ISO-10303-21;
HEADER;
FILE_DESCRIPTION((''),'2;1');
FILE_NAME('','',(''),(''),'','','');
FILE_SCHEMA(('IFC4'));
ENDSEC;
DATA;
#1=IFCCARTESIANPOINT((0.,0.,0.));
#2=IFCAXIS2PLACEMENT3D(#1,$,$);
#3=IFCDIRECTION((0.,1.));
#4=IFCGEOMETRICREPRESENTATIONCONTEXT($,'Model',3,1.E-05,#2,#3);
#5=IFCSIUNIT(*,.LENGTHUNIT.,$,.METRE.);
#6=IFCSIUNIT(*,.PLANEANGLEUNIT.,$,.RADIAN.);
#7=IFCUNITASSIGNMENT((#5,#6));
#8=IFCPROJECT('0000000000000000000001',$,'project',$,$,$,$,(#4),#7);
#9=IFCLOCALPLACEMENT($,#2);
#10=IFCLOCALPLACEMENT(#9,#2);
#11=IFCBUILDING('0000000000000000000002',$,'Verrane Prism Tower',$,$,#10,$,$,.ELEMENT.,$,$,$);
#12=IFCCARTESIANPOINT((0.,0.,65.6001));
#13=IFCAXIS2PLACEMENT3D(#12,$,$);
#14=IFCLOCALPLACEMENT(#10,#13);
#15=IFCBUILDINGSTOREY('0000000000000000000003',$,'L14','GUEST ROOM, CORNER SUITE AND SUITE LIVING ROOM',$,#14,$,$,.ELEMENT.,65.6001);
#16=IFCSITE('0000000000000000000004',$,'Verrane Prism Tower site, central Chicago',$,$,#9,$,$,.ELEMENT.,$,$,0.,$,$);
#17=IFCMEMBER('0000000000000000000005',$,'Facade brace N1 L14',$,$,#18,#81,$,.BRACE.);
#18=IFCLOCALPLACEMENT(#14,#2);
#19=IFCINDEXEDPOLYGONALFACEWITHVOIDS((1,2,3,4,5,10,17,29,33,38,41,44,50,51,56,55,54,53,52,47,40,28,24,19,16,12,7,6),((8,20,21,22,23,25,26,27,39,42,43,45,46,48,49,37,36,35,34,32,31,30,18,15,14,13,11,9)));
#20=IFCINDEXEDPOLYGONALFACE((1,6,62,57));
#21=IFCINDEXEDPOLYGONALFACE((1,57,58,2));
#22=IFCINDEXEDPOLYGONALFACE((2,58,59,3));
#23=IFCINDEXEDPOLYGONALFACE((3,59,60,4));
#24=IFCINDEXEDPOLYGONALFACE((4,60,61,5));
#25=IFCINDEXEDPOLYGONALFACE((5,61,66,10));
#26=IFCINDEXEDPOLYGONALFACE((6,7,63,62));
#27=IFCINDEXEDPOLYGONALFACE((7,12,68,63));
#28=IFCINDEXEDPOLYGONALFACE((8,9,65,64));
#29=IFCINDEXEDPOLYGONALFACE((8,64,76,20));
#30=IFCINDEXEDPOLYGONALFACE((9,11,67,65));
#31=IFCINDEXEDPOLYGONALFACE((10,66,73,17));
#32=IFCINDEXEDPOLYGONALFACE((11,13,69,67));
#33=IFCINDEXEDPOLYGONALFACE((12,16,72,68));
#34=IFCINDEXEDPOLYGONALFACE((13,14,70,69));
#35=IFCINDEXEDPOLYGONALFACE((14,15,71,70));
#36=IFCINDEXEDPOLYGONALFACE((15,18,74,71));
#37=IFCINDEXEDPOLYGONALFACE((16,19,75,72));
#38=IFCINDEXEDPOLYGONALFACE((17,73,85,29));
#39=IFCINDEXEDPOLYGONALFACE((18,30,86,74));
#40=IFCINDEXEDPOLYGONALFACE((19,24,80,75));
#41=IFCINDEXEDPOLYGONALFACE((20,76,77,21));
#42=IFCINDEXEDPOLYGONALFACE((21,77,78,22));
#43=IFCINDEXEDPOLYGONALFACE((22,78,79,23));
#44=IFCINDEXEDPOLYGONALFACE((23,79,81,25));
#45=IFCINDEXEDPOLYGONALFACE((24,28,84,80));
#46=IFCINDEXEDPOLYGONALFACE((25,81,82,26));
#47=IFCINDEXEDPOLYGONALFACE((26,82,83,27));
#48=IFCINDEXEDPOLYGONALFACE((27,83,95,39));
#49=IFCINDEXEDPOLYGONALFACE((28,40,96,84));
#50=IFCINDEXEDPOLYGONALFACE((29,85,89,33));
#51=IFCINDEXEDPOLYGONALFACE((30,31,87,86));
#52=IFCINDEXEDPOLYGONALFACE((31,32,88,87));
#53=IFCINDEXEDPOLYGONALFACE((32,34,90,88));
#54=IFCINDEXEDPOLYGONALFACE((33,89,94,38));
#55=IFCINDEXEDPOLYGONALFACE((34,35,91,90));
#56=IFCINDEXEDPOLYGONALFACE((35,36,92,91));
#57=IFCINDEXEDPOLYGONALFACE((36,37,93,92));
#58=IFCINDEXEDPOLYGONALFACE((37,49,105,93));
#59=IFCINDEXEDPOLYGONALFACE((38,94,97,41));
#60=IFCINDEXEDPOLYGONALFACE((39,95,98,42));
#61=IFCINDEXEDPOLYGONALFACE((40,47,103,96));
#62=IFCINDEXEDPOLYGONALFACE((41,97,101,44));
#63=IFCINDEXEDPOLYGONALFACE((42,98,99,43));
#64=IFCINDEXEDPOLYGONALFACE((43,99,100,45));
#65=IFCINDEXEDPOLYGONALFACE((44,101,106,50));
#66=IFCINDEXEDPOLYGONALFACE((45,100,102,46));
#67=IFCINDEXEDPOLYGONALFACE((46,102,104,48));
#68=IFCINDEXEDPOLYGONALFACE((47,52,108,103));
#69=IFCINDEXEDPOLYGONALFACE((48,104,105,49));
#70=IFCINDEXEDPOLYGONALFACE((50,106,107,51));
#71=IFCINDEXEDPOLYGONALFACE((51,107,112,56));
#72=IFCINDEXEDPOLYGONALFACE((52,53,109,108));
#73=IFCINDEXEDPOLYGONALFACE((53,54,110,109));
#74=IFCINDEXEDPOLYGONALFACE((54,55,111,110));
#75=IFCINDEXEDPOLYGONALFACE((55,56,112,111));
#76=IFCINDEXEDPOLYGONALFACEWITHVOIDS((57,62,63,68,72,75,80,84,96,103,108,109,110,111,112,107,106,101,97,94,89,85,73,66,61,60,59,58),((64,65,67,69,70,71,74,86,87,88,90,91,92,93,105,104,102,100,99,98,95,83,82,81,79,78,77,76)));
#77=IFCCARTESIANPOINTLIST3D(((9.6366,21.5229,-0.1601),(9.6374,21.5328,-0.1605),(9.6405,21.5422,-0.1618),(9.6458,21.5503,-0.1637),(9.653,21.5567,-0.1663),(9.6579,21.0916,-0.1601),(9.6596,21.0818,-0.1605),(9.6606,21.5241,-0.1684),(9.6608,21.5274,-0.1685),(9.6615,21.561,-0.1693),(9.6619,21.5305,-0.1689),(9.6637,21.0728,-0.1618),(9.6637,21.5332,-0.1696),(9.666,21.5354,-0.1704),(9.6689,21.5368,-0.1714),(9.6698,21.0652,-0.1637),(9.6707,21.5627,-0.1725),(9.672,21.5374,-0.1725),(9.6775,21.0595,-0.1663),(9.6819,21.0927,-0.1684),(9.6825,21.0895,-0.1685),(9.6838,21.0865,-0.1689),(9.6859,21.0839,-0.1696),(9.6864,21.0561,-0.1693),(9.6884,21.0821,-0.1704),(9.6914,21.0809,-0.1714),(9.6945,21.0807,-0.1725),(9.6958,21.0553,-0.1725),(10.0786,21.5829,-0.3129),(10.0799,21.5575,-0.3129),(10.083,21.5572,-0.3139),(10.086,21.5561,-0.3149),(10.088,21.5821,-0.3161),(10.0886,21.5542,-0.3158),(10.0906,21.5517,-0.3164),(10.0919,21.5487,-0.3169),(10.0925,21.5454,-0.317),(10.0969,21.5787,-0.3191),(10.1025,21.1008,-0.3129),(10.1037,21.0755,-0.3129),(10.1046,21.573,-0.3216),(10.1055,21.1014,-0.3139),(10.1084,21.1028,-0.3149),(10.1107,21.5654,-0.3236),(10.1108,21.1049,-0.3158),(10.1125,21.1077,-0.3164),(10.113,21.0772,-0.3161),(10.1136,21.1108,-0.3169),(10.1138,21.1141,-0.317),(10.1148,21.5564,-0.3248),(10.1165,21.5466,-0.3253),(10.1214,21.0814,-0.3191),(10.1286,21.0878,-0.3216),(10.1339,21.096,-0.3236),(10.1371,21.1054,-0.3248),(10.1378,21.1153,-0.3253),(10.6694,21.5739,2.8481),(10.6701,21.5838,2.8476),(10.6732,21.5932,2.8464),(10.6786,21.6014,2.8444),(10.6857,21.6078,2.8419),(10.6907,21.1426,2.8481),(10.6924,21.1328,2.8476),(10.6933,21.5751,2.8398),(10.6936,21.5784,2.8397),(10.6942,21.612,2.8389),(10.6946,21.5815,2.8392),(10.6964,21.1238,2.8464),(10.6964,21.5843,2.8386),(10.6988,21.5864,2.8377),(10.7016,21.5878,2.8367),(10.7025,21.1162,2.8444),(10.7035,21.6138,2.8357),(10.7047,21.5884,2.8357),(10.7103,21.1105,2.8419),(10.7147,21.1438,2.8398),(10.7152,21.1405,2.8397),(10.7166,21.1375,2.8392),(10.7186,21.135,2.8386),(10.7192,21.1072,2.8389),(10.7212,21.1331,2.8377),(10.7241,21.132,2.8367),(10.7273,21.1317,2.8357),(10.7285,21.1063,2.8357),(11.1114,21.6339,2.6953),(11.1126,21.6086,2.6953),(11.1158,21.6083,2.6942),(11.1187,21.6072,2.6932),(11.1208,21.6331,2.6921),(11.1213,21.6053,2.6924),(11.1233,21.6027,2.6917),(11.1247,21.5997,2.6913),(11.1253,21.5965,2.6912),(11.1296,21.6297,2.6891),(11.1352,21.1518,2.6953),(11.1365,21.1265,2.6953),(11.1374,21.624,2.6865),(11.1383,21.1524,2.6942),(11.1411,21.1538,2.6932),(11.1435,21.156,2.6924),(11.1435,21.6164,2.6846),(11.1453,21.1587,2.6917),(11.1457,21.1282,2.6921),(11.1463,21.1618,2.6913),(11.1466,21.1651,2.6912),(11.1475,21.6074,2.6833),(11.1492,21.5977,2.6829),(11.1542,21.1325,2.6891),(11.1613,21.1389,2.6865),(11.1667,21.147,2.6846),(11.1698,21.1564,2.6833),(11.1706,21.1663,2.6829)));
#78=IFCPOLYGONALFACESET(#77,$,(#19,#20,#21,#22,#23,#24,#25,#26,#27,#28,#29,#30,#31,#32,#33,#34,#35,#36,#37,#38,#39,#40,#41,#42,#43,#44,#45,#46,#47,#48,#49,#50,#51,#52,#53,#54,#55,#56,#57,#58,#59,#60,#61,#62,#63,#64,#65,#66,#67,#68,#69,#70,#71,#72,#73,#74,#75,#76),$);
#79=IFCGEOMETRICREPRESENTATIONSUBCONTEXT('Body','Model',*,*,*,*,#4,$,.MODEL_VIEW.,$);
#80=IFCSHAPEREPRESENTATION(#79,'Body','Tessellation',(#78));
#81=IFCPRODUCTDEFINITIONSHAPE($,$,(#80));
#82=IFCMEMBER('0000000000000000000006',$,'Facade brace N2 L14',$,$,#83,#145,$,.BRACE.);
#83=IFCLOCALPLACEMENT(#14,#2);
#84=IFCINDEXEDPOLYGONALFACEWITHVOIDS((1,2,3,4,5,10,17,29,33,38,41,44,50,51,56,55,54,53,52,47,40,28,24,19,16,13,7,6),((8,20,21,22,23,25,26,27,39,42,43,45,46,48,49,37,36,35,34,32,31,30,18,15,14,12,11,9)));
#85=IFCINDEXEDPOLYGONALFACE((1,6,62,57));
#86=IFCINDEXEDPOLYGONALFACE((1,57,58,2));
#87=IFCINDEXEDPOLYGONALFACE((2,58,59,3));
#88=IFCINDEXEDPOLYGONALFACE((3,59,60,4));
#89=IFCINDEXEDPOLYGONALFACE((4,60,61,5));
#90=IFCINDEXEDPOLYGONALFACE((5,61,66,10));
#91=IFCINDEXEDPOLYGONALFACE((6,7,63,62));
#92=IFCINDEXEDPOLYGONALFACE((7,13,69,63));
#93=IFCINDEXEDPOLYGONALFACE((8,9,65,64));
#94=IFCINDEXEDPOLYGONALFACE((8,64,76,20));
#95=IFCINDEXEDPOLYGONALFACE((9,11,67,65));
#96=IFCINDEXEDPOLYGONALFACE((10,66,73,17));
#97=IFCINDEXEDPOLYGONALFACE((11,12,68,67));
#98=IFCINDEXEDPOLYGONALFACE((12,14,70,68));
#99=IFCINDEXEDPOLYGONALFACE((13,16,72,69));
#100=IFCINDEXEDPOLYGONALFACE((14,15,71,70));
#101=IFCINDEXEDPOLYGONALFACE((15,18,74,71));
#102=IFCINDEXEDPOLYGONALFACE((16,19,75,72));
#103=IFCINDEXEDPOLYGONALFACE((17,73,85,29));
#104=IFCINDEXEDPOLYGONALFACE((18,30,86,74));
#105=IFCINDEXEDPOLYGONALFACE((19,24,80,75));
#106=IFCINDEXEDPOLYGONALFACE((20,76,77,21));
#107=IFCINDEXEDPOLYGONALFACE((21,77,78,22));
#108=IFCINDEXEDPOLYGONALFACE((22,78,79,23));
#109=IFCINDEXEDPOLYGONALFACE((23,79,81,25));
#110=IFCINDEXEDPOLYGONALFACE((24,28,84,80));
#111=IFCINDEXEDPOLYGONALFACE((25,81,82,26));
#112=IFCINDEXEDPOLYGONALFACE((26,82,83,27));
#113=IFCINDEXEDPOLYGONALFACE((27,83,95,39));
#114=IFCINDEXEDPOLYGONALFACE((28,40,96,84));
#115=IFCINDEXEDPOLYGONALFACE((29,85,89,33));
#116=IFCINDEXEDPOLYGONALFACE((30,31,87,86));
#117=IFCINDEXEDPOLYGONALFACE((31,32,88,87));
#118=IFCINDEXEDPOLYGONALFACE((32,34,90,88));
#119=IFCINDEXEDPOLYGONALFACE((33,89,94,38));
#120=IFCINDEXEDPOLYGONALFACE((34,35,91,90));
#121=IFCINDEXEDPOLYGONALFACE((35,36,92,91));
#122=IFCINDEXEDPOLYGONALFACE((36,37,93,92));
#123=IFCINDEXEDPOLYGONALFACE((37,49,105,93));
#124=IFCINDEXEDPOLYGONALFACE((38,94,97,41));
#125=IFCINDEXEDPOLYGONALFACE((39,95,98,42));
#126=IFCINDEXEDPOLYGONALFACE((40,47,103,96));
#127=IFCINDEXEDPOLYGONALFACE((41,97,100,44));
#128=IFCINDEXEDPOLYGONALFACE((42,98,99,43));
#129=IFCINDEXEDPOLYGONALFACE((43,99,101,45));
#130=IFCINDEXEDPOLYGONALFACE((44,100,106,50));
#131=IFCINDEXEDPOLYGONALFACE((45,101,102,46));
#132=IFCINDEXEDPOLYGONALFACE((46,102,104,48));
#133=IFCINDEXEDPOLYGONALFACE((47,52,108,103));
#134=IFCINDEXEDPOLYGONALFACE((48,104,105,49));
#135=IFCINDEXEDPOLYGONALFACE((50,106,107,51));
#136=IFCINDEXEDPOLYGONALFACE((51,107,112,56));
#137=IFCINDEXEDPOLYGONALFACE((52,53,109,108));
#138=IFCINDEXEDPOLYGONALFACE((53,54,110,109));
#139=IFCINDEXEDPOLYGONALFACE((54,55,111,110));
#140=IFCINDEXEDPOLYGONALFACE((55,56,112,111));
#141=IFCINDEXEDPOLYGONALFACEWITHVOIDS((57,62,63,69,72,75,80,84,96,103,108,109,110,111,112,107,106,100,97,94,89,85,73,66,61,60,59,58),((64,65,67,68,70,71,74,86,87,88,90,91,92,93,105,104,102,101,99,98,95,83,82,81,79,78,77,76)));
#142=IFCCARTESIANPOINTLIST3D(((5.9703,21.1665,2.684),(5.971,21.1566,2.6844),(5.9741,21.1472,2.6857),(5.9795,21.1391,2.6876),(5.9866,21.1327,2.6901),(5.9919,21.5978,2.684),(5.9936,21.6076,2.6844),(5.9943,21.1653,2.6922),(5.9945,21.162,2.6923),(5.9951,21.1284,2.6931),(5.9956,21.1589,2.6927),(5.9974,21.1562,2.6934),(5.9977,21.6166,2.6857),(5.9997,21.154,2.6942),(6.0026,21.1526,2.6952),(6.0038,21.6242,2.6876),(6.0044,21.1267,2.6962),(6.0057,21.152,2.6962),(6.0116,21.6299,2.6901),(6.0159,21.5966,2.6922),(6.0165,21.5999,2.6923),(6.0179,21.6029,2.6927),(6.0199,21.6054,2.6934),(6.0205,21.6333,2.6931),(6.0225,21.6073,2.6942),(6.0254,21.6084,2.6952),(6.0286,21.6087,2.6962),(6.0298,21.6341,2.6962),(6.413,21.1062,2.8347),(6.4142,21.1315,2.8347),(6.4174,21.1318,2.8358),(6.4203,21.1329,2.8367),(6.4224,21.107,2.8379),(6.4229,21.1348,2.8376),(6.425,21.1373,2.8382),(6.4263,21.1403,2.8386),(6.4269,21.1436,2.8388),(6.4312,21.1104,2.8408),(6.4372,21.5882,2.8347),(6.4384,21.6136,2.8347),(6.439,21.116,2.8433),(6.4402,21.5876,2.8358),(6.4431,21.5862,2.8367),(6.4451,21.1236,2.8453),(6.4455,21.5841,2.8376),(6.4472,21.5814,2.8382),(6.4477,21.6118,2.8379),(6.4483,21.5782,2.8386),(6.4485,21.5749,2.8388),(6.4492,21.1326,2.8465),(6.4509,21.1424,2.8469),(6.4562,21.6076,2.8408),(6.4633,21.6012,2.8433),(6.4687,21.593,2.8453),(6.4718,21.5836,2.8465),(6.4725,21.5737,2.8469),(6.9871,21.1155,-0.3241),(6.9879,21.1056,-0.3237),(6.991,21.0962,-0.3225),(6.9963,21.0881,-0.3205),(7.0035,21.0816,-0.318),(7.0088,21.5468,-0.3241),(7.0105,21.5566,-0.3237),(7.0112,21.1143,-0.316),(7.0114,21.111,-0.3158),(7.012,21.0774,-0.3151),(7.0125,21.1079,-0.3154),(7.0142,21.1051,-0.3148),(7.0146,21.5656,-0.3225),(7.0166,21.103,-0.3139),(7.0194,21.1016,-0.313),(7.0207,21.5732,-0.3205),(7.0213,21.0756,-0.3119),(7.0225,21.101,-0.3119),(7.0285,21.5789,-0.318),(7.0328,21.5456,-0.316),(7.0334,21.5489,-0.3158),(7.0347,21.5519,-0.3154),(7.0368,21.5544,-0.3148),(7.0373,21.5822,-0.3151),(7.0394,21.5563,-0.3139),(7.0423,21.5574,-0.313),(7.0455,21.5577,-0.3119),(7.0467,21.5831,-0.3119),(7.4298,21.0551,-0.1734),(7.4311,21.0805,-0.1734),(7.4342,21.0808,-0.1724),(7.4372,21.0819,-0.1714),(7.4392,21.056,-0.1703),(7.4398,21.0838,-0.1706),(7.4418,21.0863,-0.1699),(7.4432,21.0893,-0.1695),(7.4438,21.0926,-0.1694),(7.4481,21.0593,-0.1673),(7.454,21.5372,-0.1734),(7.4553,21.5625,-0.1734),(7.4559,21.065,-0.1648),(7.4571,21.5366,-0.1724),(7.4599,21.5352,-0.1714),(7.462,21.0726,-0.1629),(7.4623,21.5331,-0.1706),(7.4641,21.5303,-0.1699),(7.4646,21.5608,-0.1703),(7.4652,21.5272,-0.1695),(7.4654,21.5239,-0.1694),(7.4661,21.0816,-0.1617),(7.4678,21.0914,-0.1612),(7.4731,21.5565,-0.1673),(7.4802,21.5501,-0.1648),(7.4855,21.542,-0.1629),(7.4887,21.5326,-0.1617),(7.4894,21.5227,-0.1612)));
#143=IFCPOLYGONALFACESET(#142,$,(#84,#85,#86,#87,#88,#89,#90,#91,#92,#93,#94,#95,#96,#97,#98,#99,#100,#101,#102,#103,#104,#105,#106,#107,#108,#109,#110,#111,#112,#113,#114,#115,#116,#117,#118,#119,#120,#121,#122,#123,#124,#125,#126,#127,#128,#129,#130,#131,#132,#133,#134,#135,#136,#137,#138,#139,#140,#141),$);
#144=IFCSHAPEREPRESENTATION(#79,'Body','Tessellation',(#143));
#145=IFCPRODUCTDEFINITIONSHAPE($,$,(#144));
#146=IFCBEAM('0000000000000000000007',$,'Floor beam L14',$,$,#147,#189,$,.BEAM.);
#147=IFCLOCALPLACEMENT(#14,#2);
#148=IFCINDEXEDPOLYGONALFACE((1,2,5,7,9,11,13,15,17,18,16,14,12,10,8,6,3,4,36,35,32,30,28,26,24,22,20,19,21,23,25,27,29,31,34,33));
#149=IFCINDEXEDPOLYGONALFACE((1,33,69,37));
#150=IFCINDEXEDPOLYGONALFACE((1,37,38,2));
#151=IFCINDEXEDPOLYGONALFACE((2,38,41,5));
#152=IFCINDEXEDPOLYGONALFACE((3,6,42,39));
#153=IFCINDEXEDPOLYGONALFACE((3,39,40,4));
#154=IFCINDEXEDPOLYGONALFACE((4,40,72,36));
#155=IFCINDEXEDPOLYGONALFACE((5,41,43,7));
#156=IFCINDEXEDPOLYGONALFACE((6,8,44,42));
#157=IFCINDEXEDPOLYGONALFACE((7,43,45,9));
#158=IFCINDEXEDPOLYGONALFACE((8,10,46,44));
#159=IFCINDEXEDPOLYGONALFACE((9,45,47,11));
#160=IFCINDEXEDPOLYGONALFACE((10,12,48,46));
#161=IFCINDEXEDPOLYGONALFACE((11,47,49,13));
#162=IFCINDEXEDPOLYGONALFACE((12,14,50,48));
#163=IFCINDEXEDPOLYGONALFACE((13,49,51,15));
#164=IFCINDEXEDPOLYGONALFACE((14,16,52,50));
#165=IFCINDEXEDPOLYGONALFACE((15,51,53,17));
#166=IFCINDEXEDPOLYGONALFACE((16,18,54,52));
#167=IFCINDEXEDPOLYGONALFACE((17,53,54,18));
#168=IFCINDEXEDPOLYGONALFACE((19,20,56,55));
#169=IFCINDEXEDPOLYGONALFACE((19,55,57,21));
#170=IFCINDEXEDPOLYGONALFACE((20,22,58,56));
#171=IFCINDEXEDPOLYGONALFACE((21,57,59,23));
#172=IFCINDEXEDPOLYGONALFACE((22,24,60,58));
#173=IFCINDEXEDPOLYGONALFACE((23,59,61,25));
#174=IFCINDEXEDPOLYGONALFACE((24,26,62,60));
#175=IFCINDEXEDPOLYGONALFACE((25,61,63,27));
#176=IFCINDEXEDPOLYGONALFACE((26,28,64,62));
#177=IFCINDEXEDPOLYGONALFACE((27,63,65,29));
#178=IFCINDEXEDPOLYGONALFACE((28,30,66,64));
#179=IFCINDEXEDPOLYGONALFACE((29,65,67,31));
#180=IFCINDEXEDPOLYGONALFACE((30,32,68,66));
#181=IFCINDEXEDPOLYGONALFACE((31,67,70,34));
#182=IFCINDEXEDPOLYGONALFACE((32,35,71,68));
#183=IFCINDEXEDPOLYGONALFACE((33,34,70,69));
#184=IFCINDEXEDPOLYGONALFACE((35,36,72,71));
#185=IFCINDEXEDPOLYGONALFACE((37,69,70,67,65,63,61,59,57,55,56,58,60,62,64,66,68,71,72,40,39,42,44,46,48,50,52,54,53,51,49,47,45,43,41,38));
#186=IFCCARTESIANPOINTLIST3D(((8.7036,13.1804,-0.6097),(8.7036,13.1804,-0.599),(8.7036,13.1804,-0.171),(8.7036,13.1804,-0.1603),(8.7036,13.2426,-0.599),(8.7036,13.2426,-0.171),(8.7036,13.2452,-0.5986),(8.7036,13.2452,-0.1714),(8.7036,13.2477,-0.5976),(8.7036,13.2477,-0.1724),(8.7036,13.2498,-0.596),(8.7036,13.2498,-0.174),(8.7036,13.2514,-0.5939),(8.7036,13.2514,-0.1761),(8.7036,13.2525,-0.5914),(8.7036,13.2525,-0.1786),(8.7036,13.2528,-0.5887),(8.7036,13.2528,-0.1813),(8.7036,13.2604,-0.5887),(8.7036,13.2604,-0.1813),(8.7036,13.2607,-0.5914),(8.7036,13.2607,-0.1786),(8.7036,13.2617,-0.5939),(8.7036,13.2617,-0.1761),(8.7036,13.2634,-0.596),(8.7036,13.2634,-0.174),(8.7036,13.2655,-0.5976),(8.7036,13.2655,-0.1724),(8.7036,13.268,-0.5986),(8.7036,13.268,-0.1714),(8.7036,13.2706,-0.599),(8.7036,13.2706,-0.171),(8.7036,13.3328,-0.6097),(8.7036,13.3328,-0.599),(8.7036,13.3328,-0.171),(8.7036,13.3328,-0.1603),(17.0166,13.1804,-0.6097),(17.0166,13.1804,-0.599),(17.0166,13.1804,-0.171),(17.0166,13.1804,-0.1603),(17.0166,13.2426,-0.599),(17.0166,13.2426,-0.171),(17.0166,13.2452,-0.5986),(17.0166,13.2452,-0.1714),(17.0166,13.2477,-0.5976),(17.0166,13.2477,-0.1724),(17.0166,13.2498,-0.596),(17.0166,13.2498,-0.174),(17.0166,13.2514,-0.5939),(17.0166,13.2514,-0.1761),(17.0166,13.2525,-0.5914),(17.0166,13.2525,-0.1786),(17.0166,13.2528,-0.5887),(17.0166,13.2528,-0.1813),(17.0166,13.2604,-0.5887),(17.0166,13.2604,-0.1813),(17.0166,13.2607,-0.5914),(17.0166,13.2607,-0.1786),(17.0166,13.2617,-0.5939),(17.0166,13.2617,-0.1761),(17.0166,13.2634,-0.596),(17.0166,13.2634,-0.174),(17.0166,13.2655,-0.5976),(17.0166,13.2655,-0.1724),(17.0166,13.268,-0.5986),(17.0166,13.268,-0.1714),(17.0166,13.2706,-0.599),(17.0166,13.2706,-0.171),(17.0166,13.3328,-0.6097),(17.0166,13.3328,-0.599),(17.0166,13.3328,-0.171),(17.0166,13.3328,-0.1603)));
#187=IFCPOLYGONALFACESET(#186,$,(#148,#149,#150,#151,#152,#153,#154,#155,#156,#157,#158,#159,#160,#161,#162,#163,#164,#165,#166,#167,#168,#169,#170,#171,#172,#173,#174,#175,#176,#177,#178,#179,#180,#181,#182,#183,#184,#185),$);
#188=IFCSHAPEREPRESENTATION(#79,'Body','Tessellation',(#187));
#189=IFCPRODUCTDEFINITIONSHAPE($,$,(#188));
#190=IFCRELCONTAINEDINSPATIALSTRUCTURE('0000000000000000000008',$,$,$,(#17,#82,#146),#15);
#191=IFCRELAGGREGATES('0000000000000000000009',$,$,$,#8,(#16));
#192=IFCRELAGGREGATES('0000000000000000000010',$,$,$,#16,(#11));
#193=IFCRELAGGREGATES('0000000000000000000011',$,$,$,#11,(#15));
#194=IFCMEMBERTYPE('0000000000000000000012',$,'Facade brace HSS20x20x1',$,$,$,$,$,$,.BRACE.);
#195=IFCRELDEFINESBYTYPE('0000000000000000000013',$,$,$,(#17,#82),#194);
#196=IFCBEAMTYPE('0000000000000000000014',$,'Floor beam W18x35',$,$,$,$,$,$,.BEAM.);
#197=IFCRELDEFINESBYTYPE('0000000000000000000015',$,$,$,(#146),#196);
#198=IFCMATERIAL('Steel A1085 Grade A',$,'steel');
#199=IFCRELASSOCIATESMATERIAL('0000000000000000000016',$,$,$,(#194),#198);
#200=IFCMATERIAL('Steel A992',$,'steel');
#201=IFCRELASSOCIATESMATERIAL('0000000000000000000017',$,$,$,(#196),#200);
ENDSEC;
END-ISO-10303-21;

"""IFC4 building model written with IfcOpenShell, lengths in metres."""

from ifc_helpers import new_model, si_unit, direction, frame, origin, origin_2d, place, context, subcontext, project, spatial, hollow_rectangle, i_section, extrude, material, material_profile, profile_set, type_object, element, save


model = new_model("IFC4")

# Units and contexts
model_context = context("Model", 3, precision=1e-05, world=origin(), true_north=direction((0.0, 1.0)))
body_context = subcontext(model_context, "Body", "Model", "MODEL_VIEW")
ifc_project = project(units=[si_unit("LENGTHUNIT", "METRE"), si_unit("PLANEANGLEUNIT", "RADIAN")], contexts=[model_context])

# Site, building, storey
site_placement = place(None, origin())
site = spatial("IfcSite", under=ifc_project, at=site_placement, Name="Verrane Prism Tower site, central Chicago", CompositionType="ELEMENT", RefElevation=0.0)
building_placement = place(site_placement, origin())
building = spatial("IfcBuilding", under=site, at=building_placement, Name="Verrane Prism Tower", CompositionType="ELEMENT")
storey_placement = place(building_placement, frame((0.0, 0.0, 65.6001)))
storey = spatial("IfcBuildingStorey", under=building, at=storey_placement, Name="L14", Description="GUEST ROOM, CORNER SUITE AND SUITE LIVING ROOM", CompositionType="ELEMENT", Elevation=65.6001)

# Members
ifc_material_1 = material(Name="Steel A1085 Grade A", Category="steel")
ifc_material_profile_1 = material_profile(ifc_material_1, hollow_rectangle(XDim=0.5081, YDim=0.5081, WallThickness=0.0254, InnerFilletRadius=0.0127, OuterFilletRadius=0.0381, at=origin_2d()), Name="HSS20x20x1")
ifc_profile_set_1 = profile_set([ifc_material_profile_1], Name="Steel A1085 Grade A")
member_type_1 = type_object("IfcMemberType", Name="Facade brace HSS20x20x1", PredefinedType="BRACE", material=ifc_profile_set_1)
member_1_placement = place(storey_placement, frame((9.8872, 21.3191, -0.2427), z_axis=(0.324671, 0.016042, 0.945691), x_axis=(-0.049349, 0.998782, 0.0)))
element("IfcMember", 1, at=member_1_placement, inside=storey, type_object=member_type_1, Name="Facade brace N1 L14", PredefinedType="BRACE", context=body_context, shape_type="SweptSolid", body=[
    extrude(hollow_rectangle(XDim=0.5081, YDim=0.5081, WallThickness=0.0254, InnerFilletRadius=0.0127, OuterFilletRadius=0.0381, at=origin_2d()), origin(), (0.0, 0.0, 1.0), 3.1809),
])
member_2_placement = place(storey_placement, frame((7.2383, 21.3191, -0.2427), z_axis=(-0.320197, 0.016068, 0.947215), x_axis=(-0.050117, -0.998743, 0.0)))
element("IfcMember", 2, at=member_2_placement, inside=storey, type_object=member_type_1, Name="Facade brace N2 L14", PredefinedType="BRACE", context=body_context, shape_type="SweptSolid", body=[
    extrude(hollow_rectangle(XDim=0.5081, YDim=0.5081, WallThickness=0.0254, InnerFilletRadius=0.0127, OuterFilletRadius=0.0381, at=origin_2d()), origin(), (0.0, 0.0, 1.0), 3.1758),
])

# Beam
ifc_material_2 = material(Name="Steel A992", Category="steel")
ifc_material_profile_2 = material_profile(ifc_material_2, i_section(OverallWidth=0.1523, OverallDepth=0.4495, WebThickness=0.0076, FlangeThickness=0.0107, FilletRadius=0.0103, at=origin_2d()), Name="W18x35")
ifc_profile_set_2 = profile_set([ifc_material_profile_2], Name="Steel A992")
beam_type_1 = type_object("IfcBeamType", Name="Floor beam W18x35", PredefinedType="BEAM", material=ifc_profile_set_2)
for number, where, z_axis, x_axis, name in (
    (3, (8.7036, 13.2566, -0.385), (1.0, 0.0, 0.0), (0.0, 1.0, 0.0), "Floor beam L14"),
):
    element("IfcBeam", number, at=place(storey_placement, frame(where, z_axis=z_axis, x_axis=x_axis)), inside=storey, type_object=beam_type_1, Name=name, PredefinedType="BEAM", context=body_context, shape_type="SweptSolid", body=[
        extrude(i_section(OverallWidth=0.1523, OverallDepth=0.4495, WebThickness=0.0076, FlangeThickness=0.0107, FilletRadius=0.0103, at=origin_2d()), origin(), (0.0, 0.0, 1.0), 8.313),
    ])

save(model, "model.ifc")
